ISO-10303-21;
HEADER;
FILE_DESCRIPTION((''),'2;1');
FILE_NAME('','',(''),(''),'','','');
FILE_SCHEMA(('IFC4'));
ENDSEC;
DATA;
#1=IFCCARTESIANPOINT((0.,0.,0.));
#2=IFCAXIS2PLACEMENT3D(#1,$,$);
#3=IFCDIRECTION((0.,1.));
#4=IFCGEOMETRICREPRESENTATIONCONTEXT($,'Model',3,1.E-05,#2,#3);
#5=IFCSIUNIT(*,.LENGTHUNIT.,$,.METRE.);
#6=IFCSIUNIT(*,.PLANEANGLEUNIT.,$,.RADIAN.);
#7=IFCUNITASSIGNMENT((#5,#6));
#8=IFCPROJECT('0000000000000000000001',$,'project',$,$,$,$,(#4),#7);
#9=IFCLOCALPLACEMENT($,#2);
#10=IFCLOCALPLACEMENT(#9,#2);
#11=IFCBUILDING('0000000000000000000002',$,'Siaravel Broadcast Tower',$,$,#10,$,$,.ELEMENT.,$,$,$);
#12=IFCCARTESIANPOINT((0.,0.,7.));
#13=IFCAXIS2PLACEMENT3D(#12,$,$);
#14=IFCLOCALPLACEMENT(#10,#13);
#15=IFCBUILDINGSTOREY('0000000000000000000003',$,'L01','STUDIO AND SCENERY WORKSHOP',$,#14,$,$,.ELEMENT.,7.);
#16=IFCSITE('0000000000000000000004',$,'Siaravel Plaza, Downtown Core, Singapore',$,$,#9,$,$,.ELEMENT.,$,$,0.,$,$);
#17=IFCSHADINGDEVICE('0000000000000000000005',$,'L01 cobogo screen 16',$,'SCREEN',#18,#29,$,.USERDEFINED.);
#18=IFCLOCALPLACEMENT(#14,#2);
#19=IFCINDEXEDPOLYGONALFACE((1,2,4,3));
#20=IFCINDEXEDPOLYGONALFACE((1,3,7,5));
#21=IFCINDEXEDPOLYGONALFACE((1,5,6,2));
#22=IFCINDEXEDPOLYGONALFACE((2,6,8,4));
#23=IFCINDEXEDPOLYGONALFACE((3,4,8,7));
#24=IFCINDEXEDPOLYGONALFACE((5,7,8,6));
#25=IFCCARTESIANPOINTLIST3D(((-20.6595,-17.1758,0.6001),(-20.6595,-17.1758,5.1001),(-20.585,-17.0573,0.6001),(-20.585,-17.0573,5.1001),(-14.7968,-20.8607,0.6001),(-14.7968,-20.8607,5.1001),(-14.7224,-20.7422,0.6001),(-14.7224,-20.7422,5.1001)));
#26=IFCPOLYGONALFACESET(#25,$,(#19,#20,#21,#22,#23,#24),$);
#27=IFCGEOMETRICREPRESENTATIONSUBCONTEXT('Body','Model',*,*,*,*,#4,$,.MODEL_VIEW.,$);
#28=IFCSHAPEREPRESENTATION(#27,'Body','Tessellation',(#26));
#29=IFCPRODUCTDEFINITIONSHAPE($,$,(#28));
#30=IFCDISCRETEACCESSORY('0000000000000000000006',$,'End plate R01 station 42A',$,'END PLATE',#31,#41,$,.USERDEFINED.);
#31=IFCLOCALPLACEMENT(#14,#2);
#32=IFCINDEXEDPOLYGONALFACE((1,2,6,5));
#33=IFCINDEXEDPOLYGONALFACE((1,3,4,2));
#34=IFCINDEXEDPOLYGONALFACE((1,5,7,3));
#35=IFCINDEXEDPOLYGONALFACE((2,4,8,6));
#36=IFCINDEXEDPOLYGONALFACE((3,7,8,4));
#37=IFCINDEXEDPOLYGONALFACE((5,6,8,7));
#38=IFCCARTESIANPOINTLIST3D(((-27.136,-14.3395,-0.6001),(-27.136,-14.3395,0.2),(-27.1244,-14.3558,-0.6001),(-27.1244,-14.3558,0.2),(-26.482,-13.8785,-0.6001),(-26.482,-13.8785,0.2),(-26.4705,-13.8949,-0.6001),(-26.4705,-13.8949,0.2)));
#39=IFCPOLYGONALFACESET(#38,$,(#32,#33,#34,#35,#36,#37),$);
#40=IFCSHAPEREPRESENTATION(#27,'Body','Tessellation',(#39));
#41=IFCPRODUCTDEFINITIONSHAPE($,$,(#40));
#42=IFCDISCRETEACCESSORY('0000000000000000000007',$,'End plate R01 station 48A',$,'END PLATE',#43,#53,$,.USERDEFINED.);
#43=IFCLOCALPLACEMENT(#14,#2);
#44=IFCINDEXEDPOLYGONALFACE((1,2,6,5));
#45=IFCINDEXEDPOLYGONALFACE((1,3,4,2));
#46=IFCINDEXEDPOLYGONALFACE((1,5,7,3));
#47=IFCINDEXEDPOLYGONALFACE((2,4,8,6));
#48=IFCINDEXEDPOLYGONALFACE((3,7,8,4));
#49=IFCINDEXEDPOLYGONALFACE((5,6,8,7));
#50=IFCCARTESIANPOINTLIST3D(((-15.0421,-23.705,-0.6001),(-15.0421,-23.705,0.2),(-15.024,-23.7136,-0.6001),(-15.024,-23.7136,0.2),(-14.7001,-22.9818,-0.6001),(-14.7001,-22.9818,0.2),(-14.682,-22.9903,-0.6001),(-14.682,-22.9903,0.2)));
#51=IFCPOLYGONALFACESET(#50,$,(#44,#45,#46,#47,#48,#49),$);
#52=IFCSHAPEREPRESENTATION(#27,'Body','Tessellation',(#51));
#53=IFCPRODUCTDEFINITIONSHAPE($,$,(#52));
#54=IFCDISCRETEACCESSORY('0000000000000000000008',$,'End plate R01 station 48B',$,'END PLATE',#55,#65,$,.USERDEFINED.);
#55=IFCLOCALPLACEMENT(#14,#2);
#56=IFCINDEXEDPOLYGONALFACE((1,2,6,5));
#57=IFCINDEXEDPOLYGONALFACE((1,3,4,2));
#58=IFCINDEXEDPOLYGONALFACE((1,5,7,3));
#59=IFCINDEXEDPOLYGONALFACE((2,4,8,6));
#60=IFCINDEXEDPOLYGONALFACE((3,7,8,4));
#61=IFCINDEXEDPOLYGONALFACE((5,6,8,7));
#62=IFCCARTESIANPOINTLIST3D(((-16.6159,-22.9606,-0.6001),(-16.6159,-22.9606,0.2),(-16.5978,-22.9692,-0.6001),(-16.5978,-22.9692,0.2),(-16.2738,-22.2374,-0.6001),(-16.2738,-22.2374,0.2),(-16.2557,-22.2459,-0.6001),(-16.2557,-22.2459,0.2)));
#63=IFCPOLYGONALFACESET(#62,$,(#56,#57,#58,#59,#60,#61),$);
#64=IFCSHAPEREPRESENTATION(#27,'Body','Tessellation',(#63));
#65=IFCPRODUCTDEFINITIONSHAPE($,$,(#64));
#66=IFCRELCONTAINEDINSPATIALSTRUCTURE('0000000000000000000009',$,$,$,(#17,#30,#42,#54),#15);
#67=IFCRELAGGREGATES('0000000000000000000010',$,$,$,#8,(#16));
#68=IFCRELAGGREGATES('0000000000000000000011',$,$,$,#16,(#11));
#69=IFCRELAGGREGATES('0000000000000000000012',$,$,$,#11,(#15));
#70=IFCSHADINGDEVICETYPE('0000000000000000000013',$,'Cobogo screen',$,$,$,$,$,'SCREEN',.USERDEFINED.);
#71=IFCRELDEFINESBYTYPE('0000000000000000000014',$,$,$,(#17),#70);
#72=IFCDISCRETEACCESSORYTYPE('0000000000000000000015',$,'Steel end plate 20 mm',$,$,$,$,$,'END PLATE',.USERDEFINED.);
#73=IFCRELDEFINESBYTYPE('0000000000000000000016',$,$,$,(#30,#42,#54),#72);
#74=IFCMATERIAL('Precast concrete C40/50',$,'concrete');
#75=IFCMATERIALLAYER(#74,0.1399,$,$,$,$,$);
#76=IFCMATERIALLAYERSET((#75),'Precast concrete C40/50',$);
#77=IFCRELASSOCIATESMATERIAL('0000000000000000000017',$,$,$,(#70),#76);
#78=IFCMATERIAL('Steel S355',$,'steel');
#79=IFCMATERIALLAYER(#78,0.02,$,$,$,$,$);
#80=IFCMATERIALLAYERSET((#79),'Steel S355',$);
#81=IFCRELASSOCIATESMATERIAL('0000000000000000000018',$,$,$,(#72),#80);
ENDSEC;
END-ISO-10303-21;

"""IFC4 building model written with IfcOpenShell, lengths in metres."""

from ifc_helpers import new_model, si_unit, direction, frame, origin, origin_2d, place, context, subcontext, project, spatial, rectangle, extrude, material, layer, layer_set, type_object, element, save


model = new_model("IFC4")

# Units and contexts
model_context = context("Model", 3, precision=1e-05, world=origin(), true_north=direction((0.0, 1.0)))
body_context = subcontext(model_context, "Body", "Model", "MODEL_VIEW")
ifc_project = project(units=[si_unit("LENGTHUNIT", "METRE"), si_unit("PLANEANGLEUNIT", "RADIAN")], contexts=[model_context])

# Site, building, storey
site_placement = place(None, origin())
site = spatial("IfcSite", under=ifc_project, at=site_placement, Name="Siaravel Plaza, Downtown Core, Singapore", CompositionType="ELEMENT", RefElevation=0.0)
building_placement = place(site_placement, origin())
building = spatial("IfcBuilding", under=site, at=building_placement, Name="Siaravel Broadcast Tower", CompositionType="ELEMENT")
storey_placement = place(building_placement, frame((0.0, 0.0, 7.0)))
storey = spatial("IfcBuildingStorey", under=building, at=storey_placement, Name="L01", Description="STUDIO AND SCENERY WORKSHOP", CompositionType="ELEMENT", Elevation=7.0)

# Shared definitions
ifc_material_1 = material(Name="Steel S355", Category="steel")

# Shading device
ifc_material_2 = material(Name="Precast concrete C40/50", Category="concrete")
ifc_layer_1 = layer(ifc_material_2, 0.1399)
ifc_layer_set_1 = layer_set([ifc_layer_1], Name="Precast concrete C40/50")
shading_device_type_1 = type_object("IfcShadingDeviceType", Name="Cobogo screen", ElementType="SCREEN", PredefinedType="USERDEFINED", material=ifc_layer_set_1)
shading_device_1_placement = place(storey_placement, frame((-17.6909, -18.959, 0.6001), z_axis=(0.0, 0.0, 1.0), x_axis=(0.84665, -0.532149, 0.0)))
element("IfcShadingDevice", 1, at=shading_device_1_placement, inside=storey, type_object=shading_device_type_1, Name="L01 cobogo screen 16", ObjectType="SCREEN", PredefinedType="USERDEFINED", context=body_context, shape_type="SweptSolid", body=[
    extrude(rectangle(XDim=6.9246, YDim=0.1399, at=origin_2d()), origin(), (0.0, 0.0, 1.0), 4.5),
])

# Discrete accessories
ifc_layer_2 = layer(ifc_material_1, 0.02)
ifc_layer_set_2 = layer_set([ifc_layer_2], Name="Steel S355")
discrete_accessory_type = type_object("IfcDiscreteAccessoryType", Name="Steel end plate 20 mm", ElementType="END PLATE", PredefinedType="USERDEFINED", material=ifc_layer_set_2)
for number, where, z_axis, x_axis, name in (
    (2, (-26.8032, -14.1172, -0.6001), (0.0, 0.0, 1.0), (0.576119, -0.817366, 0.0), "End plate R01 station 42A"),
    (3, (-14.8621, -23.3477, -0.6001), (0.0, 0.0, 1.0), (0.904006, -0.427519, 0.0), "End plate R01 station 48A"),
    (4, (-16.4358, -22.6033, -0.6001), (0.0, 0.0, 1.0), (0.904006, -0.427519, 0.0), "End plate R01 station 48B"),
):
    element("IfcDiscreteAccessory", number, at=place(storey_placement, frame(where, z_axis=z_axis, x_axis=x_axis)), inside=storey, type_object=discrete_accessory_type, Name=name, ObjectType="END PLATE", PredefinedType="USERDEFINED", context=body_context, shape_type="SweptSolid", body=[
        extrude(rectangle(XDim=0.02, YDim=0.8, at=origin_2d()), origin(), (0.0, 0.0, 1.0), 0.8),
    ])

save(model, "model.ifc")
